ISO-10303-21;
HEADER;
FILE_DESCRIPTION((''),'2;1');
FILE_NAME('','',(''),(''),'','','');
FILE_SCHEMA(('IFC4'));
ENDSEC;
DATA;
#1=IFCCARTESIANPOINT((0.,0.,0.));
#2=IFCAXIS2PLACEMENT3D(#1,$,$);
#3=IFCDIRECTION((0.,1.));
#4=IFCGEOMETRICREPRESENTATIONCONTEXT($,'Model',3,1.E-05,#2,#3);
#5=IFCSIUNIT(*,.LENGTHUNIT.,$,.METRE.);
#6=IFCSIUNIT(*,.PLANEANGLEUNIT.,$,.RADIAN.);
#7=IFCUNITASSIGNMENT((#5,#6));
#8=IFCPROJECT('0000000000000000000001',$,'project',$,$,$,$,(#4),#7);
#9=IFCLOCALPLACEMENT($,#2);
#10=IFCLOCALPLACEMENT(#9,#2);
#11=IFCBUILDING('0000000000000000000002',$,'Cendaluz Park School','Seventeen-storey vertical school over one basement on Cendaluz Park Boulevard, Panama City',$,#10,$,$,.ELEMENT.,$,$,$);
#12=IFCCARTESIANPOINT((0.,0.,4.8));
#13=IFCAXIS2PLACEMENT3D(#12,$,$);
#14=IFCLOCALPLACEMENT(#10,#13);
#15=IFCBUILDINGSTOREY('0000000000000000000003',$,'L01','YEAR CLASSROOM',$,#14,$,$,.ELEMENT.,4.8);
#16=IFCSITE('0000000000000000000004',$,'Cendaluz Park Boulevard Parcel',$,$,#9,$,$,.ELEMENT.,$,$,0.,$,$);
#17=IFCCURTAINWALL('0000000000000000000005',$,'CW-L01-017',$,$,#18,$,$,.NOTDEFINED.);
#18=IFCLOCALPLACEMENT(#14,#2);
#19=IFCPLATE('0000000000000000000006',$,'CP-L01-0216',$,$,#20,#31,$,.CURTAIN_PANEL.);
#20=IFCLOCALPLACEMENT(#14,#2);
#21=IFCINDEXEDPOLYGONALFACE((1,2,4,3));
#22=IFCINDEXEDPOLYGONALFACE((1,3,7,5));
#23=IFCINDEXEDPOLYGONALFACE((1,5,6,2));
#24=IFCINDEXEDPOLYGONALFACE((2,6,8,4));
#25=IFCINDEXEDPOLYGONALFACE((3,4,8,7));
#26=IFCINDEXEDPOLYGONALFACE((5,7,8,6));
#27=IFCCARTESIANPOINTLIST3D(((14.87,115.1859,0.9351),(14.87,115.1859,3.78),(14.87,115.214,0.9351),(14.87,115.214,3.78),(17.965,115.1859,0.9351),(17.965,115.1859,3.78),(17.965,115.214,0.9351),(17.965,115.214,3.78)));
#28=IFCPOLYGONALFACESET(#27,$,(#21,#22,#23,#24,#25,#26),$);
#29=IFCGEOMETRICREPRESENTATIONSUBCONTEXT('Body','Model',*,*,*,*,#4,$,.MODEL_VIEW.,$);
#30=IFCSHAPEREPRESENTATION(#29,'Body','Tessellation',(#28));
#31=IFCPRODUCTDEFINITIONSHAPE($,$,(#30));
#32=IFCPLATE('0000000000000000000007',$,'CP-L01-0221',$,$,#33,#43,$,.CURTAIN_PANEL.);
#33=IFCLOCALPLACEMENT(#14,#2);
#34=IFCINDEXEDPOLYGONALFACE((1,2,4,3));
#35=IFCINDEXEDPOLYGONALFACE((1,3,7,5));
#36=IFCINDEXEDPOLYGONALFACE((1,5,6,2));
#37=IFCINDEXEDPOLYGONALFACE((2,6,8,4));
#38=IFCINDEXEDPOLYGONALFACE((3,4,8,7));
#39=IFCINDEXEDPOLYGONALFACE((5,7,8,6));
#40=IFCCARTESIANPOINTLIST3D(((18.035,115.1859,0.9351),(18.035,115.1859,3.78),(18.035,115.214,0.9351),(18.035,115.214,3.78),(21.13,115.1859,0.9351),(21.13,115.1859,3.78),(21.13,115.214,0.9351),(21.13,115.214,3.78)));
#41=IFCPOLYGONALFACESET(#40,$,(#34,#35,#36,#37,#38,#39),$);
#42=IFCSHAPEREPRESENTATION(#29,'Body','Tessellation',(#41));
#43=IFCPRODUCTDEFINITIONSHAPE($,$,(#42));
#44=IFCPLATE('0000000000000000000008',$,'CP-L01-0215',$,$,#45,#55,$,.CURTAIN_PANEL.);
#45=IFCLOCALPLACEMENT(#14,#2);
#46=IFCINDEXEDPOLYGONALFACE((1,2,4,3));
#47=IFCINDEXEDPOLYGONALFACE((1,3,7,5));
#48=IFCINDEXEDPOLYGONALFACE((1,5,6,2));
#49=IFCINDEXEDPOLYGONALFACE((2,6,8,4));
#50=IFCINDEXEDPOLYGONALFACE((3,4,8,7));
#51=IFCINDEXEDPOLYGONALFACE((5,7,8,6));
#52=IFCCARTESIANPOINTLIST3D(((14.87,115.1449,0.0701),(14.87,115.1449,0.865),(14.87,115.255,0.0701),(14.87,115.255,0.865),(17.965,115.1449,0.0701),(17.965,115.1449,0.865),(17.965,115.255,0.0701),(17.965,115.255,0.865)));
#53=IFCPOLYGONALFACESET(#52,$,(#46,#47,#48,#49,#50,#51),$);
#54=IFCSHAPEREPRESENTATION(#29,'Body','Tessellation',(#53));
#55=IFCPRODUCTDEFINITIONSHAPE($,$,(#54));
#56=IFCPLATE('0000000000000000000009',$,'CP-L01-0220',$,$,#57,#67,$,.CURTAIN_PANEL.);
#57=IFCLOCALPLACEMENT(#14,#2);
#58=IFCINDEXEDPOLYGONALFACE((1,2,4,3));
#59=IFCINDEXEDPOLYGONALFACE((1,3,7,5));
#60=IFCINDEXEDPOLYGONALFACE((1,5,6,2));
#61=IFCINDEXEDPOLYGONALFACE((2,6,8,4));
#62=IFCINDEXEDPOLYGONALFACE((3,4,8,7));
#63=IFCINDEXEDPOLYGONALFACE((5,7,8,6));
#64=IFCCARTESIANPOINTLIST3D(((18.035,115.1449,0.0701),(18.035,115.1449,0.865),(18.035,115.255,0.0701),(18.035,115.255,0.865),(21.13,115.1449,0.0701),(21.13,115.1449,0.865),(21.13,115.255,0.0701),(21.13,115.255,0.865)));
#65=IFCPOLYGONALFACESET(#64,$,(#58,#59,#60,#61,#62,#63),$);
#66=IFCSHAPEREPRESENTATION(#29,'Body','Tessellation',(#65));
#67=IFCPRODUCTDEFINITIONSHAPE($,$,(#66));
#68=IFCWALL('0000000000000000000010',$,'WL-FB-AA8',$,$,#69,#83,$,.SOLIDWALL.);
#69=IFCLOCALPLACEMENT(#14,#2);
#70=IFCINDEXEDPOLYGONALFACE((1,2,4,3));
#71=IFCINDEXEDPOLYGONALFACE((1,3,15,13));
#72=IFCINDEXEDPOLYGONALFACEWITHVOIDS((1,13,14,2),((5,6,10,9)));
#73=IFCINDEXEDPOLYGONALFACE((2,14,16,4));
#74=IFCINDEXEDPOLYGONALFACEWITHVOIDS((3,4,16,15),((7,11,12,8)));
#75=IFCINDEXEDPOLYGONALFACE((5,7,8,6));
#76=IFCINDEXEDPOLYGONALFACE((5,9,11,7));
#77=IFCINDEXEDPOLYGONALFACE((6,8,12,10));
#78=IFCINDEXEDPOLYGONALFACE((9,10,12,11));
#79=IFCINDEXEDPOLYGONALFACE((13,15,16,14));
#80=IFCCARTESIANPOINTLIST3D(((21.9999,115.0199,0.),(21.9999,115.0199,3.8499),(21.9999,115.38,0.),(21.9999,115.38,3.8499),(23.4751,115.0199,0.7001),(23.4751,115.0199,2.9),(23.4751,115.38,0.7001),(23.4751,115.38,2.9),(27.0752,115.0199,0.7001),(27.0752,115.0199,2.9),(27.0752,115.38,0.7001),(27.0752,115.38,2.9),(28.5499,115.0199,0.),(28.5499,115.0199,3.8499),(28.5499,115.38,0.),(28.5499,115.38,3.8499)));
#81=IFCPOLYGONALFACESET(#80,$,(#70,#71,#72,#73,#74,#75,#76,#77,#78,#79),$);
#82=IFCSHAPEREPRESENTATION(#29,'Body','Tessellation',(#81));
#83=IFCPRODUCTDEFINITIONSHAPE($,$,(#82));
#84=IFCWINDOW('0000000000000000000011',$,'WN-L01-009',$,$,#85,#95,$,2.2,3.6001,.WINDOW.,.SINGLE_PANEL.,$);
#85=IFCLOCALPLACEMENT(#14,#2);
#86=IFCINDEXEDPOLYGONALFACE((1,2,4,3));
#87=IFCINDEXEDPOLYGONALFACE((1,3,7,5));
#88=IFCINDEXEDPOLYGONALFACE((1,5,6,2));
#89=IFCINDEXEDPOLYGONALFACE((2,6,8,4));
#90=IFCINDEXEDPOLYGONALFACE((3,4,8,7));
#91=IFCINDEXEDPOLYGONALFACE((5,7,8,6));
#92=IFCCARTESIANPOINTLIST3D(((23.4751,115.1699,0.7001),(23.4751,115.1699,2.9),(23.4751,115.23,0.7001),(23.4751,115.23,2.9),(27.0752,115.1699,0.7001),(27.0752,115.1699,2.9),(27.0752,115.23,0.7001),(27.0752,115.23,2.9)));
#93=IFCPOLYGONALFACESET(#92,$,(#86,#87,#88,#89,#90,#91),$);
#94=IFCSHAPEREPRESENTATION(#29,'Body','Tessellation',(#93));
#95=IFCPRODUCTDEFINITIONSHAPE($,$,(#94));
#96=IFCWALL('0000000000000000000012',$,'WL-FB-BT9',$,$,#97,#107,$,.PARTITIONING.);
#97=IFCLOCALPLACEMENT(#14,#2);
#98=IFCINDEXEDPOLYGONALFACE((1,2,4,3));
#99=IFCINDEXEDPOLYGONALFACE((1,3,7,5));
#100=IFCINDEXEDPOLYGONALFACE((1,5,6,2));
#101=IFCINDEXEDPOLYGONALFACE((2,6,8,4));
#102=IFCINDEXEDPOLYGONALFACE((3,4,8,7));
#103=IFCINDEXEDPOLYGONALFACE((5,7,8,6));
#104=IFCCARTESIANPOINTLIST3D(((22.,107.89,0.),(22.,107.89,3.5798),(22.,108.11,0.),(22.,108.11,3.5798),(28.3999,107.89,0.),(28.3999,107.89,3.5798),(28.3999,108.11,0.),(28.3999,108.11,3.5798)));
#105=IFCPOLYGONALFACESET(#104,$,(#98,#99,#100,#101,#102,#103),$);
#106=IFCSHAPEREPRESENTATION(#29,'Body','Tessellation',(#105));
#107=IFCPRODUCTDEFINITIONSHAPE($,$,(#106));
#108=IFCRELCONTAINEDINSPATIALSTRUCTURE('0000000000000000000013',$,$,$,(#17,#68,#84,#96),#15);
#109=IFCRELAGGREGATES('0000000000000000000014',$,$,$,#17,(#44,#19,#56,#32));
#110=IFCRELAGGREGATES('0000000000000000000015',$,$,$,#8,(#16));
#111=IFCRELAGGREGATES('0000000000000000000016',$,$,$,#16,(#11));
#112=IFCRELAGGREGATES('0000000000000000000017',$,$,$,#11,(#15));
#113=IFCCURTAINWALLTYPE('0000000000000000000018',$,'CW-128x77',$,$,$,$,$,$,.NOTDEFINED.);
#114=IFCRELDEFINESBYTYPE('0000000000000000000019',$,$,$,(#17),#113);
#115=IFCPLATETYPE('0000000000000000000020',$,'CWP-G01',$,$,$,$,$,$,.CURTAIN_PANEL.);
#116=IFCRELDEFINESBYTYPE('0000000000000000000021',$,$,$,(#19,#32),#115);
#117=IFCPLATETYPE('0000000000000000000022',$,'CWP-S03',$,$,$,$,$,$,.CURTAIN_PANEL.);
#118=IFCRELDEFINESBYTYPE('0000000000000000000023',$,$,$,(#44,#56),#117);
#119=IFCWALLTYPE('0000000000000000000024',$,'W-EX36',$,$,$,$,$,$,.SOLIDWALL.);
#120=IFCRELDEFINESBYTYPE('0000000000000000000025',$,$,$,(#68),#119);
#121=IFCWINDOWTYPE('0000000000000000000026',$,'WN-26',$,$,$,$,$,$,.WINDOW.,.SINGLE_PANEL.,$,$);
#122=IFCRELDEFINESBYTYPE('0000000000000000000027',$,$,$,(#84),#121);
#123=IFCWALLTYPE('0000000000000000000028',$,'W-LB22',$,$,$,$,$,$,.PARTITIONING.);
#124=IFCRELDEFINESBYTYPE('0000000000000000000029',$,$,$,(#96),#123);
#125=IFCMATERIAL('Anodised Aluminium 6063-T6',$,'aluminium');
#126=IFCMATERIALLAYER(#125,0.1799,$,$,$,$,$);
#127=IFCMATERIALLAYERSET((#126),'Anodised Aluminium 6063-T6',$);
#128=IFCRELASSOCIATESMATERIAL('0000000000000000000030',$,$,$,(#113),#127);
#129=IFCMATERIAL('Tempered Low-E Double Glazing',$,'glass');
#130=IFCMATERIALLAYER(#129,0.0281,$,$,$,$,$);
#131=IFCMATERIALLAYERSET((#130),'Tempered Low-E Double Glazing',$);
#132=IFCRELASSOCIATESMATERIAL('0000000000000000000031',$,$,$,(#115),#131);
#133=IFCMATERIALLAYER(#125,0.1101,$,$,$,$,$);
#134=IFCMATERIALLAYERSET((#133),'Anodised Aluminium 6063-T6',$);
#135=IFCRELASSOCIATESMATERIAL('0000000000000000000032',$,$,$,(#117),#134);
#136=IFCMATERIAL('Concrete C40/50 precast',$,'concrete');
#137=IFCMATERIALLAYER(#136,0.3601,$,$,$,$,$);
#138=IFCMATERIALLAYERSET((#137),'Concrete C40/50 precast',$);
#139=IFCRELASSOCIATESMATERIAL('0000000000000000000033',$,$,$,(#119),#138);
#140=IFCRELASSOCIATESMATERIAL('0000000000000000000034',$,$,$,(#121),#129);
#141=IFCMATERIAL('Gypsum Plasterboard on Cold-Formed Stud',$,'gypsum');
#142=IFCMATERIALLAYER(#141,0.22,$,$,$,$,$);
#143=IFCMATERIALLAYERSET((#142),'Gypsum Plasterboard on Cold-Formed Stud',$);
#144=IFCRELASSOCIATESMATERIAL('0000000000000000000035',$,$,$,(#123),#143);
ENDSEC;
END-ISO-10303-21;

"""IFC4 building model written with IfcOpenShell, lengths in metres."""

from ifc_helpers import new_model, si_unit, direction, frame, frame_2d, origin, origin_2d, place, context, subcontext, project, spatial, rectangle, extrude, material, layer, layer_set, type_object, element, fill, aggregate, save


model = new_model("IFC4")

# Units and contexts
model_context = context("Model", 3, precision=1e-05, world=origin(), true_north=direction((0.0, 1.0)))
body_context = subcontext(model_context, "Body", "Model", "MODEL_VIEW")
ifc_project = project(units=[si_unit("LENGTHUNIT", "METRE"), si_unit("PLANEANGLEUNIT", "RADIAN")], contexts=[model_context])

# Site, building, storey
site_placement = place(None, origin())
site = spatial("IfcSite", under=ifc_project, at=site_placement, Name="Cendaluz Park Boulevard Parcel", CompositionType="ELEMENT", RefElevation=0.0)
building_placement = place(site_placement, origin())
building = spatial("IfcBuilding", under=site, at=building_placement, Name="Cendaluz Park School", Description="Seventeen-storey vertical school over one basement on Cendaluz Park Boulevard, Panama City", CompositionType="ELEMENT")
storey_placement = place(building_placement, frame((0.0, 0.0, 4.8)))
storey = spatial("IfcBuildingStorey", under=building, at=storey_placement, Name="L01", Description="YEAR CLASSROOM", CompositionType="ELEMENT", Elevation=4.8)

# Curtain wall
ifc_material_1 = material(Name="Anodised Aluminium 6063-T6", Category="aluminium")
ifc_layer_1 = layer(ifc_material_1, 0.1799)
ifc_layer_set_1 = layer_set([ifc_layer_1], Name="Anodised Aluminium 6063-T6")
curtain_wall_type = type_object("IfcCurtainWallType", Name="CW-128x77", PredefinedType="NOTDEFINED", material=ifc_layer_set_1)
curtain_wall_placement = place(storey_placement, origin())
curtain_wall = element("IfcCurtainWall", 1, at=curtain_wall_placement, inside=storey, type_object=curtain_wall_type, Name="CW-L01-017", PredefinedType="NOTDEFINED")

# Plates
ifc_material_2 = material(Name="Tempered Low-E Double Glazing", Category="glass")
ifc_layer_2 = layer(ifc_material_2, 0.0281)
ifc_layer_set_2 = layer_set([ifc_layer_2], Name="Tempered Low-E Double Glazing")
plate_type_1 = type_object("IfcPlateType", Name="CWP-G01", PredefinedType="CURTAIN_PANEL", material=ifc_layer_set_2)
plate_1_placement = place(storey_placement, frame((16.4175, 115.2, 0.9351), z_axis=(0.0, 0.0, 1.0), x_axis=(1.0, 0.0, 0.0)))
plate_1 = element("IfcPlate", 2, at=plate_1_placement, type_object=plate_type_1, Name="CP-L01-0216", PredefinedType="CURTAIN_PANEL", context=body_context, shape_type="SweptSolid", body=[
    extrude(rectangle(XDim=3.095, YDim=0.0281, at=origin_2d()), origin(), (0.0, 0.0, 1.0), 2.845),
])
plate_2_placement = place(storey_placement, frame((19.5825, 115.2, 0.9351), z_axis=(0.0, 0.0, 1.0), x_axis=(1.0, 0.0, 0.0)))
plate_2 = element("IfcPlate", 3, at=plate_2_placement, type_object=plate_type_1, Name="CP-L01-0221", PredefinedType="CURTAIN_PANEL", context=body_context, shape_type="SweptSolid", body=[
    extrude(rectangle(XDim=3.095, YDim=0.0281, at=origin_2d()), origin(), (0.0, 0.0, 1.0), 2.845),
])
ifc_layer_3 = layer(ifc_material_1, 0.1101)
ifc_layer_set_3 = layer_set([ifc_layer_3], Name="Anodised Aluminium 6063-T6")
plate_type_2 = type_object("IfcPlateType", Name="CWP-S03", PredefinedType="CURTAIN_PANEL", material=ifc_layer_set_3)
plate_3_placement = place(storey_placement, frame((16.4175, 115.2, 0.0701), z_axis=(0.0, 0.0, 1.0), x_axis=(1.0, 0.0, 0.0)))
plate_3 = element("IfcPlate", 4, at=plate_3_placement, type_object=plate_type_2, Name="CP-L01-0215", PredefinedType="CURTAIN_PANEL", context=body_context, shape_type="SweptSolid", body=[
    extrude(rectangle(XDim=3.095, YDim=0.1101, at=origin_2d()), origin(), (0.0, 0.0, 1.0), 0.7949),
])
plate_4_placement = place(storey_placement, frame((19.5825, 115.2, 0.0701), z_axis=(0.0, 0.0, 1.0), x_axis=(1.0, 0.0, 0.0)))
plate_4 = element("IfcPlate", 5, at=plate_4_placement, type_object=plate_type_2, Name="CP-L01-0220", PredefinedType="CURTAIN_PANEL", context=body_context, shape_type="SweptSolid", body=[
    extrude(rectangle(XDim=3.095, YDim=0.1101, at=origin_2d()), origin(), (0.0, 0.0, 1.0), 0.7949),
])
aggregate(curtain_wall, [plate_3, plate_1, plate_4, plate_2])

# Wall, opening, window
ifc_material_3 = material(Name="Concrete C40/50 precast", Category="concrete")
ifc_layer_4 = layer(ifc_material_3, 0.3601)
ifc_layer_set_4 = layer_set([ifc_layer_4], Name="Concrete C40/50 precast")
wall_type_1 = type_object("IfcWallType", Name="W-EX36", PredefinedType="SOLIDWALL", material=ifc_layer_set_4)
wall_1_placement = place(storey_placement, frame((22.0, 115.2, 0.0), z_axis=(0.0, 0.0, 1.0), x_axis=(1.0, 0.0, 0.0)))
wall_1 = element("IfcWall", 6, at=wall_1_placement, inside=storey, type_object=wall_type_1, Name="WL-FB-AA8", PredefinedType="SOLIDWALL", context=body_context, shape_type="SweptSolid", body=[
    extrude(rectangle(XDim=6.55, YDim=0.3601, at=frame_2d((3.2749, 0.0))), origin(), (0.0, 0.0, 1.0), 3.8499),
])
opening_placement = place(wall_1_placement, frame((1.4751, 0.0, 0.7)))
opening = element("IfcOpeningElement", 7, at=opening_placement, cuts=wall_1, PredefinedType="OPENING", context=body_context, shape_type="SweptSolid", body=[
    extrude(rectangle(XDim=3.6001, YDim=2.2, at=frame_2d((1.8, 1.1001))), frame((0.0, 0.1921, 0.0), z_axis=(0.0, -1.0, 0.0), x_axis=(1.0, 0.0, 0.0)), (0.0, 0.0, 1.0), 0.384),
])
window_type = type_object("IfcWindowType", Name="WN-26", PartitioningType="SINGLE_PANEL", PredefinedType="WINDOW", material=ifc_material_2)
window_placement = place(opening_placement, origin())
window = element("IfcWindow", 8, at=window_placement, inside=storey, type_object=window_type, Name="WN-L01-009", OverallHeight=2.2, OverallWidth=3.6001, PartitioningType="SINGLE_PANEL", PredefinedType="WINDOW", context=body_context, shape_type="SweptSolid", body=[
    extrude(rectangle(XDim=3.6001, YDim=2.2, at=frame_2d((1.8, 1.1001))), frame((0.0, 0.03, 0.0), z_axis=(0.0, -1.0, 0.0), x_axis=(1.0, 0.0, 0.0)), (0.0, 0.0, 1.0), 0.0601),
])
fill(opening, window)

# Wall
ifc_material_4 = material(Name="Gypsum Plasterboard on Cold-Formed Stud", Category="gypsum")
ifc_layer_5 = layer(ifc_material_4, 0.22)
ifc_layer_set_5 = layer_set([ifc_layer_5], Name="Gypsum Plasterboard on Cold-Formed Stud")
wall_type_2 = type_object("IfcWallType", Name="W-LB22", PredefinedType="PARTITIONING", material=ifc_layer_set_5)
wall_2_placement = place(storey_placement, frame((22.0, 108.0, 0.0), z_axis=(0.0, 0.0, 1.0), x_axis=(1.0, 0.0, 0.0)))
element("IfcWall", 9, at=wall_2_placement, inside=storey, type_object=wall_type_2, Name="WL-FB-BT9", PredefinedType="PARTITIONING", context=body_context, shape_type="SweptSolid", body=[
    extrude(rectangle(XDim=6.3999, YDim=0.22, at=frame_2d((3.2, 0.0))), origin(), (0.0, 0.0, 1.0), 3.5798),
])

save(model, "model.ifc")
